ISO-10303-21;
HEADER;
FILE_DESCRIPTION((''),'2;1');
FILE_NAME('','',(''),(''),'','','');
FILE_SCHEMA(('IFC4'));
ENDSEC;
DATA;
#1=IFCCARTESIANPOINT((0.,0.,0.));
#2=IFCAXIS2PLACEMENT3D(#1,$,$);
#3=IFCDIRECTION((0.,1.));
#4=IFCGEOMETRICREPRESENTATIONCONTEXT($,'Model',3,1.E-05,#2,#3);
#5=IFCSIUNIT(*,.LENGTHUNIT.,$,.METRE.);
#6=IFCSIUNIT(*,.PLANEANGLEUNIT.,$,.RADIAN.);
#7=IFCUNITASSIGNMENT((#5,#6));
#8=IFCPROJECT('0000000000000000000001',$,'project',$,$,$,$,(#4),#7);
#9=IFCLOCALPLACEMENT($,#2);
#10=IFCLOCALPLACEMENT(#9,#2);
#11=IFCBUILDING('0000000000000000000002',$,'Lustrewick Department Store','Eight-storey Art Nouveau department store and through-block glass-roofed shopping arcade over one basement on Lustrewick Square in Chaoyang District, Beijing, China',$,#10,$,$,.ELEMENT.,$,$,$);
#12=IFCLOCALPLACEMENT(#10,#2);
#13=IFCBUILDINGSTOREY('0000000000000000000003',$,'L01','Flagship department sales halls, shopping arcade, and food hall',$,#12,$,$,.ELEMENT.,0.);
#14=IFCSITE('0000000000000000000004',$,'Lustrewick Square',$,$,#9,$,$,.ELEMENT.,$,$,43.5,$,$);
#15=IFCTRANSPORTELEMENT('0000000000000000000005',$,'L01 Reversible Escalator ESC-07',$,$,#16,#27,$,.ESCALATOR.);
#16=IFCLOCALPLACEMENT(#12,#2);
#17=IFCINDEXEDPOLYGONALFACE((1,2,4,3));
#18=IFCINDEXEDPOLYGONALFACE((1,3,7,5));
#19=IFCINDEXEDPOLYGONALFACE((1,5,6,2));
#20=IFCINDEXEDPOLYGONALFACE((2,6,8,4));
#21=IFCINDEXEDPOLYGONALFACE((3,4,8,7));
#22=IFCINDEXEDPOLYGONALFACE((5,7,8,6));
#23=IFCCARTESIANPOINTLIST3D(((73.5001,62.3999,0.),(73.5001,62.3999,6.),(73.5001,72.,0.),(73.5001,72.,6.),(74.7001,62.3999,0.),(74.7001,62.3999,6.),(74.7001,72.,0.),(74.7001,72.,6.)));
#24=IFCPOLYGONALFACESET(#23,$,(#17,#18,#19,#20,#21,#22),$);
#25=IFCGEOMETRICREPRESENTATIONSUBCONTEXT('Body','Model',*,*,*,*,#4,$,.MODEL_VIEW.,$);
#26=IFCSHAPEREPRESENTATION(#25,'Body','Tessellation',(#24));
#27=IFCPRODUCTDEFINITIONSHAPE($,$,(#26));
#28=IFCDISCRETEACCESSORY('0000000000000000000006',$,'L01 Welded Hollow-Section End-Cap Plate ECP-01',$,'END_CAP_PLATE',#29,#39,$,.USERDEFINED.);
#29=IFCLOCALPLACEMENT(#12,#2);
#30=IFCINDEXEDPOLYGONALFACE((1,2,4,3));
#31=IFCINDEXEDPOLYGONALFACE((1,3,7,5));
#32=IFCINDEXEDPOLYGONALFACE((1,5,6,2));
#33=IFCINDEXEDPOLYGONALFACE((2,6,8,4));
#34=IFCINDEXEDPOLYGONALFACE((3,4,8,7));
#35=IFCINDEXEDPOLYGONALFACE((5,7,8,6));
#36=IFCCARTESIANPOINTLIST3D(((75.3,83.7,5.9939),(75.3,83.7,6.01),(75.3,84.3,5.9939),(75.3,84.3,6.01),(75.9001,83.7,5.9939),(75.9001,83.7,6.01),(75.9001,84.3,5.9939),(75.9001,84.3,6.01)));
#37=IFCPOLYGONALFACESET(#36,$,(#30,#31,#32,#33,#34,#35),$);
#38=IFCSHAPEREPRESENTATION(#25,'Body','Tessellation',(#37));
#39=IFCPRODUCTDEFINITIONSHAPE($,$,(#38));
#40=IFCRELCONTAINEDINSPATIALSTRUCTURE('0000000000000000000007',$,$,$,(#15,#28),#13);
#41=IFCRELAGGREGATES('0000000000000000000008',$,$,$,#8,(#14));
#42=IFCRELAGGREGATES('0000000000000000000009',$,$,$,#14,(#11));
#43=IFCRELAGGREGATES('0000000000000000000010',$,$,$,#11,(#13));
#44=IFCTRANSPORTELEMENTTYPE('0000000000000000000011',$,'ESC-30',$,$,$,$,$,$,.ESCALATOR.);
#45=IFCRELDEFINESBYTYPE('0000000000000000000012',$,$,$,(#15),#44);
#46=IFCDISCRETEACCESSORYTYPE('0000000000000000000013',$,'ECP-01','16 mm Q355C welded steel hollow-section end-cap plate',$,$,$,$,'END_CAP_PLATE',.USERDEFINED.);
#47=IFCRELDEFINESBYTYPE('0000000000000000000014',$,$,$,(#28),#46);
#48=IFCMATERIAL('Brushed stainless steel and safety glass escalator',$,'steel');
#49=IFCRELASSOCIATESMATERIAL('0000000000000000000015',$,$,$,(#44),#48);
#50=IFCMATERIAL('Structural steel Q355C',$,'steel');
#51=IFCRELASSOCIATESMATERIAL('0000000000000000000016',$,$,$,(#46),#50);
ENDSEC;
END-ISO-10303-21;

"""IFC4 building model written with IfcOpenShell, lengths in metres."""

from ifc_helpers import new_model, si_unit, direction, frame, origin, origin_2d, place, context, subcontext, project, spatial, rectangle, extrude, material, type_object, element, save


model = new_model("IFC4")

# Units and contexts
model_context = context("Model", 3, precision=1e-05, world=origin(), true_north=direction((0.0, 1.0)))
body_context = subcontext(model_context, "Body", "Model", "MODEL_VIEW")
ifc_project = project(units=[si_unit("LENGTHUNIT", "METRE"), si_unit("PLANEANGLEUNIT", "RADIAN")], contexts=[model_context])

# Site, building, storey
site_placement = place(None, origin())
site = spatial("IfcSite", under=ifc_project, at=site_placement, Name="Lustrewick Square", CompositionType="ELEMENT", RefElevation=43.5)
building_placement = place(site_placement, origin())
building = spatial("IfcBuilding", under=site, at=building_placement, Name="Lustrewick Department Store", Description="Eight-storey Art Nouveau department store and through-block glass-roofed shopping arcade over one basement on Lustrewick Square in Chaoyang District, Beijing, China", CompositionType="ELEMENT")
storey_placement = place(building_placement, origin())
storey = spatial("IfcBuildingStorey", under=building, at=storey_placement, Name="L01", Description="Flagship department sales halls, shopping arcade, and food hall", CompositionType="ELEMENT", Elevation=0.0)

# Shared definitions
ifc_material_1 = material(Name="Structural steel Q355C", Category="steel")

# Transport element
ifc_material_2 = material(Name="Brushed stainless steel and safety glass escalator", Category="steel")
transport_element_type = type_object("IfcTransportElementType", Name="ESC-30", PredefinedType="ESCALATOR", material=ifc_material_2)
transport_element_placement = place(storey_placement, frame((74.1001, 67.2, 0.0), z_axis=(0.0, 0.0, 1.0), x_axis=(1.0, 0.0, 0.0)))
element("IfcTransportElement", 1, at=transport_element_placement, inside=storey, type_object=transport_element_type, Name="L01 Reversible Escalator ESC-07", PredefinedType="ESCALATOR", context=body_context, shape_type="SweptSolid", body=[
    extrude(rectangle(XDim=1.2, YDim=9.6001, at=origin_2d()), origin(), (0.0, 0.0, 1.0), 6.0),
])

# Discrete accessory
discrete_accessory_type = type_object("IfcDiscreteAccessoryType", Name="ECP-01", Description="16 mm Q355C welded steel hollow-section end-cap plate", ElementType="END_CAP_PLATE", PredefinedType="USERDEFINED", material=ifc_material_1)
discrete_accessory_placement = place(storey_placement, frame((75.6001, 84.0, 5.9939), z_axis=(0.0, 0.0, 1.0), x_axis=(1.0, 0.0, 0.0)))
element("IfcDiscreteAccessory", 2, at=discrete_accessory_placement, inside=storey, type_object=discrete_accessory_type, Name="L01 Welded Hollow-Section End-Cap Plate ECP-01", ObjectType="END_CAP_PLATE", PredefinedType="USERDEFINED", context=body_context, shape_type="SweptSolid", body=[
    extrude(rectangle(XDim=0.6001, YDim=0.6001, at=origin_2d()), origin(), (0.0, 0.0, 1.0), 0.0161),
])

save(model, "model.ifc")
